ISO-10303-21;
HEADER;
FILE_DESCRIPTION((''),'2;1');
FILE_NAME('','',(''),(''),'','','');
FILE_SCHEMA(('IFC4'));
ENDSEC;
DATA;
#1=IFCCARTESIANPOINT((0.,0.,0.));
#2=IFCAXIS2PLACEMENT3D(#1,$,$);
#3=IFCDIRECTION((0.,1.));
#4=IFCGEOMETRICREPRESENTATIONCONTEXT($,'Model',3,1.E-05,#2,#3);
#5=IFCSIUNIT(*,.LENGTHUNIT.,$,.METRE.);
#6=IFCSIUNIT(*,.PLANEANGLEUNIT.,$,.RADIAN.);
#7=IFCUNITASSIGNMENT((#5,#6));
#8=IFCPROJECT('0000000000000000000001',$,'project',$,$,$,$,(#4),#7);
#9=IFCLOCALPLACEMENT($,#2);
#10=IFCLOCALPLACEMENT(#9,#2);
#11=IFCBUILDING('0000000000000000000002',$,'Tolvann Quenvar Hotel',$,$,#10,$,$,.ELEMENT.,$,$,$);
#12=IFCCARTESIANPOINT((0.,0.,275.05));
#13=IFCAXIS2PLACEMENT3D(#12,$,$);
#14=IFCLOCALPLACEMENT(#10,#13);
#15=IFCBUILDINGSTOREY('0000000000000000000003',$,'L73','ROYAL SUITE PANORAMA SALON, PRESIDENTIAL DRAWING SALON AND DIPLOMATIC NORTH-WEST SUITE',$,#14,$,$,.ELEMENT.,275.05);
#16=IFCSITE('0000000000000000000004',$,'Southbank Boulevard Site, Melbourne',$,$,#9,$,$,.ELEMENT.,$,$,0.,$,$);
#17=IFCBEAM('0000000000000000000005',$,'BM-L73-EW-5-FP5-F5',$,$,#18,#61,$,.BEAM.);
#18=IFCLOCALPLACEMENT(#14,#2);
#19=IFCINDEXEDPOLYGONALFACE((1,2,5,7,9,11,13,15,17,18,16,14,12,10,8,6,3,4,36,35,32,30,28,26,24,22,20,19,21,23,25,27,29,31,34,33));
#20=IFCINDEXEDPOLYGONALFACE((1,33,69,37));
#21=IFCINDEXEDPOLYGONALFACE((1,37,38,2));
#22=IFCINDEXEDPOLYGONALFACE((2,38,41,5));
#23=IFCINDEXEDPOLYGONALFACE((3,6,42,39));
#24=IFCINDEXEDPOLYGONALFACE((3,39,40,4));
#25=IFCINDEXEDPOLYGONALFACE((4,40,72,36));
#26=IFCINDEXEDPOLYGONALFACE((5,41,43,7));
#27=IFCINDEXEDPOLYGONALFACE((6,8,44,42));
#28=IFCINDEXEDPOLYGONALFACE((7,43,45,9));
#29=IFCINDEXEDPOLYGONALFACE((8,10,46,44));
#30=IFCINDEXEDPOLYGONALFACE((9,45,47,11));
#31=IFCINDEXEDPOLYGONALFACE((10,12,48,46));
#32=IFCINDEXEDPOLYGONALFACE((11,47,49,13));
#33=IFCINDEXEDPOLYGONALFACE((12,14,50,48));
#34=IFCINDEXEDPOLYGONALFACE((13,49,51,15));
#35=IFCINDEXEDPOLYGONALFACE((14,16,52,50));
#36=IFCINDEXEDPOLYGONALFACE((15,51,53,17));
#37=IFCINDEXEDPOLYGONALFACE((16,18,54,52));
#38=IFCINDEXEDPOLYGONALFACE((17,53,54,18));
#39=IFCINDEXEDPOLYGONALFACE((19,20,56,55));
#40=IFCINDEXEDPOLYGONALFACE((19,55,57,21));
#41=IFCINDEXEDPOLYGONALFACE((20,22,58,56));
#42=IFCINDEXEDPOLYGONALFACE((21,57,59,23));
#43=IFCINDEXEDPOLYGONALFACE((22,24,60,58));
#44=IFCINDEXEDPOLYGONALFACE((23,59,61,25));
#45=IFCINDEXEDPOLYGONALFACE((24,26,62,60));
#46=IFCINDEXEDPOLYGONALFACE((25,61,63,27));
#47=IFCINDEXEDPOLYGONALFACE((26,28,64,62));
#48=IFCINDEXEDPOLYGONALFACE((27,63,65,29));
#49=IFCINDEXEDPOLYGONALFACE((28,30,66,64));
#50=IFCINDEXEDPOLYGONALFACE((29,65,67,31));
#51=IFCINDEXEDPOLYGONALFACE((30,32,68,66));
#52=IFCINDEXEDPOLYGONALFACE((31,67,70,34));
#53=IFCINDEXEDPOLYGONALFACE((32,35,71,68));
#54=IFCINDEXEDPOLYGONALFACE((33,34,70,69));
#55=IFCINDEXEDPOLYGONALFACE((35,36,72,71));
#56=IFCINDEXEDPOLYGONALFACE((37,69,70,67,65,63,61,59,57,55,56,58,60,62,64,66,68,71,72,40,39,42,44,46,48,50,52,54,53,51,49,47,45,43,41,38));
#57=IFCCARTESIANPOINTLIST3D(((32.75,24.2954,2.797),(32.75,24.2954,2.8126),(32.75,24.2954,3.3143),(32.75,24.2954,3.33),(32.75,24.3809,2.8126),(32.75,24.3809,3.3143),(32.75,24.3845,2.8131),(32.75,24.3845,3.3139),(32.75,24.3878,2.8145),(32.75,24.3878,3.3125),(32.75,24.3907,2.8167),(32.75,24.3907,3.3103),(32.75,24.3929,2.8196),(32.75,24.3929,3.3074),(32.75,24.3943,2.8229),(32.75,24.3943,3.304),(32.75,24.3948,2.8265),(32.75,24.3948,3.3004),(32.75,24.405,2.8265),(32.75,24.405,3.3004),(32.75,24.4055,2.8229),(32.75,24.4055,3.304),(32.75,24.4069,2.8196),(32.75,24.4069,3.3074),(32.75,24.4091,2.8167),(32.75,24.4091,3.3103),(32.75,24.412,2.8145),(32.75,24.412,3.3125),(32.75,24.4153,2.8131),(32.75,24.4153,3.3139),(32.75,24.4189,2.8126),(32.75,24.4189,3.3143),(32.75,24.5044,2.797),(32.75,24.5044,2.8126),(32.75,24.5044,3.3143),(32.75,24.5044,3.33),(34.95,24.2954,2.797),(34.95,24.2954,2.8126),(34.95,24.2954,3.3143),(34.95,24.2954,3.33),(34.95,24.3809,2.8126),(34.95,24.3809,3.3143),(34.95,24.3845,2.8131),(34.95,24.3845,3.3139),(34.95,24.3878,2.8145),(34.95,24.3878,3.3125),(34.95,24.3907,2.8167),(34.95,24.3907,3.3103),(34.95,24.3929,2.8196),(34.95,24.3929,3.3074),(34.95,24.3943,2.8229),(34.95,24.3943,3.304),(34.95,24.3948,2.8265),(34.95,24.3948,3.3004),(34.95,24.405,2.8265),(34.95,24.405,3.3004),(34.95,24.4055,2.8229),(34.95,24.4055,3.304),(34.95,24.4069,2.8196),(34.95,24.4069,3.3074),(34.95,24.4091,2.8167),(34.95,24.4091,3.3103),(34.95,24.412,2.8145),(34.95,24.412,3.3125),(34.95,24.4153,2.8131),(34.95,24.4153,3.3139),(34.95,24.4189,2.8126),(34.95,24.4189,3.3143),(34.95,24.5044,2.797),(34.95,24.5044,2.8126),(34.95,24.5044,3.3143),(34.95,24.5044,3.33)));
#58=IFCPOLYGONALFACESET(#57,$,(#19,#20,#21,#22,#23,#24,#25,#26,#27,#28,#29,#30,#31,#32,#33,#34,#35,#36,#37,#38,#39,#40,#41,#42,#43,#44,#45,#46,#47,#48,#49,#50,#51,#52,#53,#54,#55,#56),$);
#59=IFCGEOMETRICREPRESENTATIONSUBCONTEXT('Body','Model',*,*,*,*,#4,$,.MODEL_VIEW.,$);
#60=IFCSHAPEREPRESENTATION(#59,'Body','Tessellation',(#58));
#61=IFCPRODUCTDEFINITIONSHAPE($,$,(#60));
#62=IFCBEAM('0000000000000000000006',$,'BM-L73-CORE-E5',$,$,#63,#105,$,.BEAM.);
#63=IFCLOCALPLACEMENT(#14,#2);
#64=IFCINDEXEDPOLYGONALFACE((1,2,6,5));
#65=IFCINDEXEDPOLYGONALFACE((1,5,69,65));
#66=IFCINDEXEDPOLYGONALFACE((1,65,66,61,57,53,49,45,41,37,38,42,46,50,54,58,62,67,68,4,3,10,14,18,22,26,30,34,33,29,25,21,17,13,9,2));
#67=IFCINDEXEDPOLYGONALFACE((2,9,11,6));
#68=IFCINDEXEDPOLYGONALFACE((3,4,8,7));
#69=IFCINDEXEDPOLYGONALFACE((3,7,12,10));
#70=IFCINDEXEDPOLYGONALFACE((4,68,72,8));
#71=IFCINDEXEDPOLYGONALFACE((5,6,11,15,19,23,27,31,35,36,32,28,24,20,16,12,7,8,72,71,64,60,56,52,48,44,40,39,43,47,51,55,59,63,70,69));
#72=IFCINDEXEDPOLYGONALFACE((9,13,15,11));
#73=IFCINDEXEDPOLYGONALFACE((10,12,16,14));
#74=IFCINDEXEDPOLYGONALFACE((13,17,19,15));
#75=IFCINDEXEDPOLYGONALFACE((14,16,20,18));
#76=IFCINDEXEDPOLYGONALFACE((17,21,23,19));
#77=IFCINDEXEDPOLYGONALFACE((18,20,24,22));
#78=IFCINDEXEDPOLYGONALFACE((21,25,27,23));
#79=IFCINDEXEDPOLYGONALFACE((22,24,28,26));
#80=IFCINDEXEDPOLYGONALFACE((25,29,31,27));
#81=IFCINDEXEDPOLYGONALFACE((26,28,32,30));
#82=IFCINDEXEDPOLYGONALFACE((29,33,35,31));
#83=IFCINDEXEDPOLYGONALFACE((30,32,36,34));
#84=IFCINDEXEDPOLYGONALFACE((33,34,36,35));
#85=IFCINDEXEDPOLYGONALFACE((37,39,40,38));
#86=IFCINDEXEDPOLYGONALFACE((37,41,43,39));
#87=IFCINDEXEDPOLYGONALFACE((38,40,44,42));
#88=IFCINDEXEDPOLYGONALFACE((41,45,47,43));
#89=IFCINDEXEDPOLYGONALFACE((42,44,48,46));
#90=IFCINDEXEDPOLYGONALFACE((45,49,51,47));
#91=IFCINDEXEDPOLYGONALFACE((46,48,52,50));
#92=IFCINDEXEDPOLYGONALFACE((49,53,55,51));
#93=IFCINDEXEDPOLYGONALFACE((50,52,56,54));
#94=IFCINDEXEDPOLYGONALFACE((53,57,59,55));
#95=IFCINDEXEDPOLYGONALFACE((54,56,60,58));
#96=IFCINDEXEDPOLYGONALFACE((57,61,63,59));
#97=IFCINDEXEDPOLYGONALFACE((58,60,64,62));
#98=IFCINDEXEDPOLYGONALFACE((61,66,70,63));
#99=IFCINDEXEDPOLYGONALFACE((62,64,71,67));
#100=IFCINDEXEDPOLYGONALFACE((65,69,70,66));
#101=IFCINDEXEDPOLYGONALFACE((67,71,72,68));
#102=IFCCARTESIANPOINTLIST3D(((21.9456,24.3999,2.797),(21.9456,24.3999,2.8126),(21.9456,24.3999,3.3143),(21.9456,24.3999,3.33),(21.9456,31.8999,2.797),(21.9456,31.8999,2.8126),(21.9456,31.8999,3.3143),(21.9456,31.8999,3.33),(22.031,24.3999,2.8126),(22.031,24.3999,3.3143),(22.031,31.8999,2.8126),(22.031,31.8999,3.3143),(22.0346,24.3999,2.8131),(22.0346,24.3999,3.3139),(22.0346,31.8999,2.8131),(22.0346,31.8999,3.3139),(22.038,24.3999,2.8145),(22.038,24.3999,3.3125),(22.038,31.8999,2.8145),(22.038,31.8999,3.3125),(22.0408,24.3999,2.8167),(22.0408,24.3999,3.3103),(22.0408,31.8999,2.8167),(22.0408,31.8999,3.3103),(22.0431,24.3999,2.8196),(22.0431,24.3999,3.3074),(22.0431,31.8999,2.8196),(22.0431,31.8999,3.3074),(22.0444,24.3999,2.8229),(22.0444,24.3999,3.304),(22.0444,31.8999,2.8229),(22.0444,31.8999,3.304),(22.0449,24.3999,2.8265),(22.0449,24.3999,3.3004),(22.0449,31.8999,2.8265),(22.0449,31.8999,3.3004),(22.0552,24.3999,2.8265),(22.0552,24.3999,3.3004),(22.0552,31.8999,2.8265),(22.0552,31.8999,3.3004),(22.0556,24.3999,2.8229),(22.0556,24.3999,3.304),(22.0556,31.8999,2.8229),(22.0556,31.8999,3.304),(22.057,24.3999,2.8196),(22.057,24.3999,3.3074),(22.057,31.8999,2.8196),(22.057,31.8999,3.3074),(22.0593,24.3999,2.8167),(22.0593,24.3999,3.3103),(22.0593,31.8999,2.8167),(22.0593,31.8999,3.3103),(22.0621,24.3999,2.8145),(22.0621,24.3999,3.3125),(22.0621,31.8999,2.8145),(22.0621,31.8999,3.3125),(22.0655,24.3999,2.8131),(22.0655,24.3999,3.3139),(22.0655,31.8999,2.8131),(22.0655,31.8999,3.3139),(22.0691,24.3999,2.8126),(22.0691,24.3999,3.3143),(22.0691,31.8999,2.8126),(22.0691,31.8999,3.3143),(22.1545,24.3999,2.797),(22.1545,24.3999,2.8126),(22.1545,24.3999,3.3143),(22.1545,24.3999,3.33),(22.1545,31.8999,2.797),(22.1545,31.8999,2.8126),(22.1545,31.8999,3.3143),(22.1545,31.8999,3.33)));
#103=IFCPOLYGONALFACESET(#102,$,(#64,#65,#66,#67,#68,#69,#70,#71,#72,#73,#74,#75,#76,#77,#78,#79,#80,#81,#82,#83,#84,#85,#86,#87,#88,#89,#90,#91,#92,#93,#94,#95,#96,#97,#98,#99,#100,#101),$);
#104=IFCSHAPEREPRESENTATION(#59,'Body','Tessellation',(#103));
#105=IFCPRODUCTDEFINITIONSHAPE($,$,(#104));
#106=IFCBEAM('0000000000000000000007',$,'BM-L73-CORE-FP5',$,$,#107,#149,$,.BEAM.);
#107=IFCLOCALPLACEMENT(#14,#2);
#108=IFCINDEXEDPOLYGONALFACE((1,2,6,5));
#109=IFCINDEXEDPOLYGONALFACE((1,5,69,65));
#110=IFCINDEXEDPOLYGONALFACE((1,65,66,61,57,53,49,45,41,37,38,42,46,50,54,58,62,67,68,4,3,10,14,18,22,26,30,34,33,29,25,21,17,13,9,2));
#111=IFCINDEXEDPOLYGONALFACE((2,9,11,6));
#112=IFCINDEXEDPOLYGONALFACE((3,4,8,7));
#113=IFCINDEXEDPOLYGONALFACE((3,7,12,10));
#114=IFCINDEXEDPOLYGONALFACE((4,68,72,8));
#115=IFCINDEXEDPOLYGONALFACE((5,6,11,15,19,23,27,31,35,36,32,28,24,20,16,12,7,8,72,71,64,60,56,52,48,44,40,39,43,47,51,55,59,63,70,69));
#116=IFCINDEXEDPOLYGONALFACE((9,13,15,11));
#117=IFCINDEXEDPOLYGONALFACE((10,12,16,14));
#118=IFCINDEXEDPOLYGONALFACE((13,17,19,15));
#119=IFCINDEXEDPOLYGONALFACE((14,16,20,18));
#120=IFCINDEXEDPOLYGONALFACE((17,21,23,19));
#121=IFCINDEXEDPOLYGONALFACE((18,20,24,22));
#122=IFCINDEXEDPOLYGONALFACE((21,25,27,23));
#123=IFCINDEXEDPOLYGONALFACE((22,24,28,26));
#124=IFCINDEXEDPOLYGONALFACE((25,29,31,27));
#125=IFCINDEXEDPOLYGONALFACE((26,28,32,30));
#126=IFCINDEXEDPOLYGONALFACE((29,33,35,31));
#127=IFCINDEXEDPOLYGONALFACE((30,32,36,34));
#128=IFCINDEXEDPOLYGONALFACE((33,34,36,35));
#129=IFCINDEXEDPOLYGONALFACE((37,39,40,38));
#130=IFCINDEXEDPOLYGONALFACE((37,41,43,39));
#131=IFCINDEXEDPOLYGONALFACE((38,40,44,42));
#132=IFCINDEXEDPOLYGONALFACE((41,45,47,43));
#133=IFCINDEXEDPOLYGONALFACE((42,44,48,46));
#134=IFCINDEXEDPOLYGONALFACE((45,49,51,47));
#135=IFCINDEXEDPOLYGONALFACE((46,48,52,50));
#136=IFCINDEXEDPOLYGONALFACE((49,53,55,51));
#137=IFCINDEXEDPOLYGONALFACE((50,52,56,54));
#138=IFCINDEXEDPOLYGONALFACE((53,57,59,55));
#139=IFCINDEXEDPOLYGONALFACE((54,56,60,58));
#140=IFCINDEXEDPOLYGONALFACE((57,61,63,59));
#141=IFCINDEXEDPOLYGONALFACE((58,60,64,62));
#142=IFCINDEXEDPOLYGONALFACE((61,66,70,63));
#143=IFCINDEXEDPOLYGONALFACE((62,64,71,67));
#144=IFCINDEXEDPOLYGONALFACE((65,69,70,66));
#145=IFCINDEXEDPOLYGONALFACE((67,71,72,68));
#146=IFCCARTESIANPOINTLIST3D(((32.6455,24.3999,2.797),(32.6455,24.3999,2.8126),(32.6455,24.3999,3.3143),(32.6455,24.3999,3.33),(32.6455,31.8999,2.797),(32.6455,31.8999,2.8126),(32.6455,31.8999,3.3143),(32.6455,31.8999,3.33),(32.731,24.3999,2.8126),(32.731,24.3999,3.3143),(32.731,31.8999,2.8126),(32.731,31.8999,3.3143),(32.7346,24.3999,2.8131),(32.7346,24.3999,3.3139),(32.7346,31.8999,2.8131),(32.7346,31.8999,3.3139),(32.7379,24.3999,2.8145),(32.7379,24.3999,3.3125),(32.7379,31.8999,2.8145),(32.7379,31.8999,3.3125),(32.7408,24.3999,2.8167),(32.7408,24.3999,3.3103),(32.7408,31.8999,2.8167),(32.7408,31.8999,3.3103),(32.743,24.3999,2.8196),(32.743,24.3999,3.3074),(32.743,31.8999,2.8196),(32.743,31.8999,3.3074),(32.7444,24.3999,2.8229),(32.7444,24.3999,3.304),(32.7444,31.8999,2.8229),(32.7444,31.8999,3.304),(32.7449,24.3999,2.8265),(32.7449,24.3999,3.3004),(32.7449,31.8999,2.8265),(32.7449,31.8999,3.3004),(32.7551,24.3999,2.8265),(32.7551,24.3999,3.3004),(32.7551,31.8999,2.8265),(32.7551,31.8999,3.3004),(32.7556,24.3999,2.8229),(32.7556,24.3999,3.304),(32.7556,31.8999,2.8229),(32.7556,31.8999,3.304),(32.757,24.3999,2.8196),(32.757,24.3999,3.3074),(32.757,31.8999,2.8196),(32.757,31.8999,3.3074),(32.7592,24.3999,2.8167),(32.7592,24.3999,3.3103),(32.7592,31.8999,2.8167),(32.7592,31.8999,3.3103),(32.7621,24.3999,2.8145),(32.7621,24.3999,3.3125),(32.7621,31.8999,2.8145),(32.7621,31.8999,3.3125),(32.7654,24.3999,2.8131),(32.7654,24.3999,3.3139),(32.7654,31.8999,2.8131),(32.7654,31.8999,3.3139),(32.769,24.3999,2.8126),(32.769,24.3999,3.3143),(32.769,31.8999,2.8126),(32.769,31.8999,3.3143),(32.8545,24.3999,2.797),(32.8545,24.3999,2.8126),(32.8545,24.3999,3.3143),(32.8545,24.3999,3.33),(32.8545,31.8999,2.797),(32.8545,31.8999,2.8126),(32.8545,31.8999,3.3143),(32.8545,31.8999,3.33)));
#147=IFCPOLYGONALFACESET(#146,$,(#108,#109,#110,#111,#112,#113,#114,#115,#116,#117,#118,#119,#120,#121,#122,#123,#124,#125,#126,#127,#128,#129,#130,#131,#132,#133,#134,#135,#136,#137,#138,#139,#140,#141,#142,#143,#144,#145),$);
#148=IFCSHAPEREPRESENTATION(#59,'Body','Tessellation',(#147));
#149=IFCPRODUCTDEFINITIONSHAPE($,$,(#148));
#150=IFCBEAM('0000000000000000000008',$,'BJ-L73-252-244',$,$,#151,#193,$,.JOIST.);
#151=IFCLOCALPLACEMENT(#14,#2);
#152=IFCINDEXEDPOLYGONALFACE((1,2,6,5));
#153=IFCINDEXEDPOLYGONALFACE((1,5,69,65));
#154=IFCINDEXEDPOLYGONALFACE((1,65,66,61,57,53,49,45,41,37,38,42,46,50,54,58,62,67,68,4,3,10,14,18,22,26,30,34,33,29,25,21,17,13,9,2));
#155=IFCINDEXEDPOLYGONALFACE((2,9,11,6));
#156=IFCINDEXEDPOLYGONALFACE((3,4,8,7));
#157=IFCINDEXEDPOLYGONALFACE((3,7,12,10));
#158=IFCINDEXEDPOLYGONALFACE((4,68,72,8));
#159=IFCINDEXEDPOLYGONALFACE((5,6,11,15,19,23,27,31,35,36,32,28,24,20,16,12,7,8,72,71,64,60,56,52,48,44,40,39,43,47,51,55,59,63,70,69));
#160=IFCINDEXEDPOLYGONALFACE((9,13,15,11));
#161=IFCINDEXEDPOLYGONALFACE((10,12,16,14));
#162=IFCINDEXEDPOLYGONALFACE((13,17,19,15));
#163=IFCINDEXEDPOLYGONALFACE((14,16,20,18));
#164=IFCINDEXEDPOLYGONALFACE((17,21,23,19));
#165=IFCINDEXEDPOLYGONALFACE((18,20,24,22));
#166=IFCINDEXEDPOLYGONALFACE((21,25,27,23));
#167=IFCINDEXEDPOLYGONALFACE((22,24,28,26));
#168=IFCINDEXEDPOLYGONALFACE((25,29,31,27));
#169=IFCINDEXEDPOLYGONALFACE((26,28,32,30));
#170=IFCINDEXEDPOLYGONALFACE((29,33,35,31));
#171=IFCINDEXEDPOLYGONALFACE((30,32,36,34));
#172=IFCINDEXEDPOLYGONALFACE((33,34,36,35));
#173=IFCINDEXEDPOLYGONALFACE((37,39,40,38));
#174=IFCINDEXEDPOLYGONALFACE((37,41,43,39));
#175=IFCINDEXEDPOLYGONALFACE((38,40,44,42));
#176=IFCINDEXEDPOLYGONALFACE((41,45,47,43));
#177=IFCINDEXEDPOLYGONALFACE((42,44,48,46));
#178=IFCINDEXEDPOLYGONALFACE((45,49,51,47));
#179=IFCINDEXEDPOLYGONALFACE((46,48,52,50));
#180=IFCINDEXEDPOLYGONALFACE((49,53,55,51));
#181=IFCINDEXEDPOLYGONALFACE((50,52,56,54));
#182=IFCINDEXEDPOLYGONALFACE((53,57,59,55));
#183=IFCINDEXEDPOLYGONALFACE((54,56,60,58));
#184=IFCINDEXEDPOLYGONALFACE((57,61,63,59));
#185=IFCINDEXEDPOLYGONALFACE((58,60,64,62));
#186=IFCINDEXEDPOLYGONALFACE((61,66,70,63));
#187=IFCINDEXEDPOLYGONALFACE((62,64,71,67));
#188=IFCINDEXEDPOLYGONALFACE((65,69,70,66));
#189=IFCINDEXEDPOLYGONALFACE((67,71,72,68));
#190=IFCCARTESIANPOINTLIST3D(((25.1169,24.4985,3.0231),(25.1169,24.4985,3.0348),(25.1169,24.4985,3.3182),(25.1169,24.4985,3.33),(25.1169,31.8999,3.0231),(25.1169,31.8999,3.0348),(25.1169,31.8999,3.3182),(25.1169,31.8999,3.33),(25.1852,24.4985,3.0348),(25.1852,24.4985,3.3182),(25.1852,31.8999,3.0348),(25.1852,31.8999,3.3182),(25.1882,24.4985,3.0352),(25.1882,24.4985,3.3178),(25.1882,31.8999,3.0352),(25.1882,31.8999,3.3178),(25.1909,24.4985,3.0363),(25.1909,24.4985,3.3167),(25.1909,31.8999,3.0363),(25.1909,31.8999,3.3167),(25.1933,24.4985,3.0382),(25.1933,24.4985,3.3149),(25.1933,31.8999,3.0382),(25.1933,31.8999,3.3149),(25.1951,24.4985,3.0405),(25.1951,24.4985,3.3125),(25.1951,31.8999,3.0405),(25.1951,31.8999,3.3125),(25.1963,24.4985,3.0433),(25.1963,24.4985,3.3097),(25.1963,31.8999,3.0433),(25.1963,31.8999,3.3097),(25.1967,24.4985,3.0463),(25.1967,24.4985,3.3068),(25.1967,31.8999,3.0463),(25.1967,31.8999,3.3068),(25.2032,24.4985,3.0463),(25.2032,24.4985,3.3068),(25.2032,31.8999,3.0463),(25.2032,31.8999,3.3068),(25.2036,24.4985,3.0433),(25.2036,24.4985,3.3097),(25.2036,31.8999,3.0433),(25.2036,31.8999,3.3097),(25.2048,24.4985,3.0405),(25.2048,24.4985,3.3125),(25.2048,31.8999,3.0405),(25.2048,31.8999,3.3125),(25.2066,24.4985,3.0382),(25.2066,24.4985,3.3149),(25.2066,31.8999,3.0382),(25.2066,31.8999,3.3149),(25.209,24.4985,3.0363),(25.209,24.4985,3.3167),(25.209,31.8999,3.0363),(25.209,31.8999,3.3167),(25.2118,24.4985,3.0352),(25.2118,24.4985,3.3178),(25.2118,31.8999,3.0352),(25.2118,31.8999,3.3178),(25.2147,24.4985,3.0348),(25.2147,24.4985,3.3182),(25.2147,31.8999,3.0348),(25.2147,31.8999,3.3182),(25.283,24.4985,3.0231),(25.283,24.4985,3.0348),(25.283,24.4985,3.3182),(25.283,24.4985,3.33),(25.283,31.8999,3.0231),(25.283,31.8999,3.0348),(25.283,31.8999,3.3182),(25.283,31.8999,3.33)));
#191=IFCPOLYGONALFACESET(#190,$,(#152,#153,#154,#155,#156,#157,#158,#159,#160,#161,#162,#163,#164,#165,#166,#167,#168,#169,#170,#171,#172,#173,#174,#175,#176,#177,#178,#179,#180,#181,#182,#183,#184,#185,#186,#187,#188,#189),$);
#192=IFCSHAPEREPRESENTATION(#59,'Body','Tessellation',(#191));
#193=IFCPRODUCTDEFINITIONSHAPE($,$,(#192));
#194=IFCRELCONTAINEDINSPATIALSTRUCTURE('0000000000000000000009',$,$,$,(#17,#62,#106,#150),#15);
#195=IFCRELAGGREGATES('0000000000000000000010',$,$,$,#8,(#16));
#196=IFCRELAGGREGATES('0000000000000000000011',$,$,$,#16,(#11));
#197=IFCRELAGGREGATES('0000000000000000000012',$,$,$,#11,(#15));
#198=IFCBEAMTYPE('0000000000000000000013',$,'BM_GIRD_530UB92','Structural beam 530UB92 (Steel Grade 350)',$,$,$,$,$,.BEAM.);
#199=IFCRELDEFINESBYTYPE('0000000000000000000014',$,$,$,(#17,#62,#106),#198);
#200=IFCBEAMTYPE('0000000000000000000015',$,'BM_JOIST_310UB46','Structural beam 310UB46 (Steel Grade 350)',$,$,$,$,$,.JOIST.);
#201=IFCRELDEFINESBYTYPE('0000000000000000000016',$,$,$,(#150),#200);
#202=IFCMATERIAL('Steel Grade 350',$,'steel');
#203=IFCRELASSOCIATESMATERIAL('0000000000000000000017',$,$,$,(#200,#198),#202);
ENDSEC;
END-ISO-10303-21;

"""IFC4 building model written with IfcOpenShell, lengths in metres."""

from ifc_helpers import new_model, si_unit, direction, frame, origin, origin_2d, place, context, subcontext, project, spatial, i_section, extrude, source, transform, mapped, material, material_profile, profile_set, type_object, element, save


model = new_model("IFC4")

# Units and contexts
model_context = context("Model", 3, precision=1e-05, world=origin(), true_north=direction((0.0, 1.0)))
body_context = subcontext(model_context, "Body", "Model", "MODEL_VIEW")
ifc_project = project(units=[si_unit("LENGTHUNIT", "METRE"), si_unit("PLANEANGLEUNIT", "RADIAN")], contexts=[model_context])

# Site, building, storey
site_placement = place(None, origin())
site = spatial("IfcSite", under=ifc_project, at=site_placement, Name="Southbank Boulevard Site, Melbourne", CompositionType="ELEMENT", RefElevation=0.0)
building_placement = place(site_placement, origin())
building = spatial("IfcBuilding", under=site, at=building_placement, Name="Tolvann Quenvar Hotel", CompositionType="ELEMENT")
storey_placement = place(building_placement, frame((0.0, 0.0, 275.05)))
storey = spatial("IfcBuildingStorey", under=building, at=storey_placement, Name="L73", Description="ROYAL SUITE PANORAMA SALON, PRESIDENTIAL DRAWING SALON AND DIPLOMATIC NORTH-WEST SUITE", CompositionType="ELEMENT", Elevation=275.05)

# Shared definitions
ifc_material_1 = material(Name="Steel Grade 350", Category="steel")

# Beams
ifc_material_profile_1 = material_profile(ifc_material_1, i_section(OverallWidth=0.166, OverallDepth=0.3069, WebThickness=0.0066, FlangeThickness=0.0117, FilletRadius=0.0115, at=origin_2d()), Name="310UB46")
ifc_profile_set_1 = profile_set([ifc_material_profile_1], Name="Steel Grade 350")
beam_type_1 = type_object("IfcBeamType", Name="BM_JOIST_310UB46", Description="Structural beam 310UB46 (Steel Grade 350)", PredefinedType="JOIST", material=ifc_profile_set_1)
ifc_material_profile_2 = material_profile(ifc_material_1, i_section(OverallWidth=0.209, OverallDepth=0.533, WebThickness=0.0103, FlangeThickness=0.0156, FilletRadius=0.0139, at=origin_2d()), Name="530UB92")
ifc_profile_set_2 = profile_set([ifc_material_profile_2], Name="Steel Grade 350")
beam_type_2 = type_object("IfcBeamType", Name="BM_GIRD_530UB92", Description="Structural beam 530UB92 (Steel Grade 350)", PredefinedType="BEAM", material=ifc_profile_set_2)
shared_shape_1 = source(origin(), body_context, "Body", "SweptSolid", [
    extrude(i_section(OverallWidth=0.209, OverallDepth=0.533, WebThickness=0.0103, FlangeThickness=0.0156, FilletRadius=0.0139, at=origin_2d()), origin(), (0.0, 0.0, 1.0), 2.2),
])
beam_1_placement = place(storey_placement, frame((32.75, 24.3999, 3.0635), z_axis=(1.0, 0.0, 0.0), x_axis=(0.0, 1.0, 0.0)))
element("IfcBeam", 1, at=beam_1_placement, inside=storey, type_object=beam_type_2, Name="BM-L73-EW-5-FP5-F5", PredefinedType="BEAM", context=body_context, shape_type="MappedRepresentation", body=[
    mapped(shared_shape_1, transform((0.0, 0.0, 0.0), x_axis=(1.0, 0.0, 0.0), y_axis=(0.0, 1.0, 0.0), z_axis=(0.0, 0.0, 1.0), scale=1.0)),
])
shared_shape_2 = source(origin(), body_context, "Body", "SweptSolid", [
    extrude(i_section(OverallWidth=0.209, OverallDepth=0.533, WebThickness=0.0103, FlangeThickness=0.0156, FilletRadius=0.0139, at=origin_2d()), origin(), (0.0, 0.0, 1.0), 7.5),
])
for number, where, z_axis, x_axis, name in (
    (2, (22.05, 24.3999, 3.0635), (0.0, 1.0, 0.0), (-1.0, 0.0, 0.0), "BM-L73-CORE-E5"),
    (3, (32.75, 24.3999, 3.0635), (0.0, 1.0, 0.0), (-1.0, 0.0, 0.0), "BM-L73-CORE-FP5"),
):
    element("IfcBeam", number, at=place(storey_placement, frame(where, z_axis=z_axis, x_axis=x_axis)), inside=storey, type_object=beam_type_2, Name=name, PredefinedType="BEAM", context=body_context, shape_type="MappedRepresentation", body=[
        mapped(shared_shape_2, transform((0.0, 0.0, 0.0), x_axis=(1.0, 0.0, 0.0), y_axis=(0.0, 1.0, 0.0), z_axis=(0.0, 0.0, 1.0), scale=1.0)),
    ])
shared_shape_3 = source(origin(), body_context, "Body", "SweptSolid", [
    extrude(i_section(OverallWidth=0.166, OverallDepth=0.3069, WebThickness=0.0066, FlangeThickness=0.0117, FilletRadius=0.0115, at=origin_2d()), origin(), (0.0, 0.0, 1.0), 7.4014),
])
beam_2_placement = place(storey_placement, frame((25.2, 24.4985, 3.1765), z_axis=(0.0, 1.0, 0.0), x_axis=(-1.0, 0.0, 0.0)))
element("IfcBeam", 4, at=beam_2_placement, inside=storey, type_object=beam_type_1, Name="BJ-L73-252-244", PredefinedType="JOIST", context=body_context, shape_type="MappedRepresentation", body=[
    mapped(shared_shape_3, transform((0.0, 0.0, 0.0), x_axis=(1.0, 0.0, 0.0), y_axis=(0.0, 1.0, 0.0), z_axis=(0.0, 0.0, 1.0), scale=1.0)),
])

save(model, "model.ifc")
